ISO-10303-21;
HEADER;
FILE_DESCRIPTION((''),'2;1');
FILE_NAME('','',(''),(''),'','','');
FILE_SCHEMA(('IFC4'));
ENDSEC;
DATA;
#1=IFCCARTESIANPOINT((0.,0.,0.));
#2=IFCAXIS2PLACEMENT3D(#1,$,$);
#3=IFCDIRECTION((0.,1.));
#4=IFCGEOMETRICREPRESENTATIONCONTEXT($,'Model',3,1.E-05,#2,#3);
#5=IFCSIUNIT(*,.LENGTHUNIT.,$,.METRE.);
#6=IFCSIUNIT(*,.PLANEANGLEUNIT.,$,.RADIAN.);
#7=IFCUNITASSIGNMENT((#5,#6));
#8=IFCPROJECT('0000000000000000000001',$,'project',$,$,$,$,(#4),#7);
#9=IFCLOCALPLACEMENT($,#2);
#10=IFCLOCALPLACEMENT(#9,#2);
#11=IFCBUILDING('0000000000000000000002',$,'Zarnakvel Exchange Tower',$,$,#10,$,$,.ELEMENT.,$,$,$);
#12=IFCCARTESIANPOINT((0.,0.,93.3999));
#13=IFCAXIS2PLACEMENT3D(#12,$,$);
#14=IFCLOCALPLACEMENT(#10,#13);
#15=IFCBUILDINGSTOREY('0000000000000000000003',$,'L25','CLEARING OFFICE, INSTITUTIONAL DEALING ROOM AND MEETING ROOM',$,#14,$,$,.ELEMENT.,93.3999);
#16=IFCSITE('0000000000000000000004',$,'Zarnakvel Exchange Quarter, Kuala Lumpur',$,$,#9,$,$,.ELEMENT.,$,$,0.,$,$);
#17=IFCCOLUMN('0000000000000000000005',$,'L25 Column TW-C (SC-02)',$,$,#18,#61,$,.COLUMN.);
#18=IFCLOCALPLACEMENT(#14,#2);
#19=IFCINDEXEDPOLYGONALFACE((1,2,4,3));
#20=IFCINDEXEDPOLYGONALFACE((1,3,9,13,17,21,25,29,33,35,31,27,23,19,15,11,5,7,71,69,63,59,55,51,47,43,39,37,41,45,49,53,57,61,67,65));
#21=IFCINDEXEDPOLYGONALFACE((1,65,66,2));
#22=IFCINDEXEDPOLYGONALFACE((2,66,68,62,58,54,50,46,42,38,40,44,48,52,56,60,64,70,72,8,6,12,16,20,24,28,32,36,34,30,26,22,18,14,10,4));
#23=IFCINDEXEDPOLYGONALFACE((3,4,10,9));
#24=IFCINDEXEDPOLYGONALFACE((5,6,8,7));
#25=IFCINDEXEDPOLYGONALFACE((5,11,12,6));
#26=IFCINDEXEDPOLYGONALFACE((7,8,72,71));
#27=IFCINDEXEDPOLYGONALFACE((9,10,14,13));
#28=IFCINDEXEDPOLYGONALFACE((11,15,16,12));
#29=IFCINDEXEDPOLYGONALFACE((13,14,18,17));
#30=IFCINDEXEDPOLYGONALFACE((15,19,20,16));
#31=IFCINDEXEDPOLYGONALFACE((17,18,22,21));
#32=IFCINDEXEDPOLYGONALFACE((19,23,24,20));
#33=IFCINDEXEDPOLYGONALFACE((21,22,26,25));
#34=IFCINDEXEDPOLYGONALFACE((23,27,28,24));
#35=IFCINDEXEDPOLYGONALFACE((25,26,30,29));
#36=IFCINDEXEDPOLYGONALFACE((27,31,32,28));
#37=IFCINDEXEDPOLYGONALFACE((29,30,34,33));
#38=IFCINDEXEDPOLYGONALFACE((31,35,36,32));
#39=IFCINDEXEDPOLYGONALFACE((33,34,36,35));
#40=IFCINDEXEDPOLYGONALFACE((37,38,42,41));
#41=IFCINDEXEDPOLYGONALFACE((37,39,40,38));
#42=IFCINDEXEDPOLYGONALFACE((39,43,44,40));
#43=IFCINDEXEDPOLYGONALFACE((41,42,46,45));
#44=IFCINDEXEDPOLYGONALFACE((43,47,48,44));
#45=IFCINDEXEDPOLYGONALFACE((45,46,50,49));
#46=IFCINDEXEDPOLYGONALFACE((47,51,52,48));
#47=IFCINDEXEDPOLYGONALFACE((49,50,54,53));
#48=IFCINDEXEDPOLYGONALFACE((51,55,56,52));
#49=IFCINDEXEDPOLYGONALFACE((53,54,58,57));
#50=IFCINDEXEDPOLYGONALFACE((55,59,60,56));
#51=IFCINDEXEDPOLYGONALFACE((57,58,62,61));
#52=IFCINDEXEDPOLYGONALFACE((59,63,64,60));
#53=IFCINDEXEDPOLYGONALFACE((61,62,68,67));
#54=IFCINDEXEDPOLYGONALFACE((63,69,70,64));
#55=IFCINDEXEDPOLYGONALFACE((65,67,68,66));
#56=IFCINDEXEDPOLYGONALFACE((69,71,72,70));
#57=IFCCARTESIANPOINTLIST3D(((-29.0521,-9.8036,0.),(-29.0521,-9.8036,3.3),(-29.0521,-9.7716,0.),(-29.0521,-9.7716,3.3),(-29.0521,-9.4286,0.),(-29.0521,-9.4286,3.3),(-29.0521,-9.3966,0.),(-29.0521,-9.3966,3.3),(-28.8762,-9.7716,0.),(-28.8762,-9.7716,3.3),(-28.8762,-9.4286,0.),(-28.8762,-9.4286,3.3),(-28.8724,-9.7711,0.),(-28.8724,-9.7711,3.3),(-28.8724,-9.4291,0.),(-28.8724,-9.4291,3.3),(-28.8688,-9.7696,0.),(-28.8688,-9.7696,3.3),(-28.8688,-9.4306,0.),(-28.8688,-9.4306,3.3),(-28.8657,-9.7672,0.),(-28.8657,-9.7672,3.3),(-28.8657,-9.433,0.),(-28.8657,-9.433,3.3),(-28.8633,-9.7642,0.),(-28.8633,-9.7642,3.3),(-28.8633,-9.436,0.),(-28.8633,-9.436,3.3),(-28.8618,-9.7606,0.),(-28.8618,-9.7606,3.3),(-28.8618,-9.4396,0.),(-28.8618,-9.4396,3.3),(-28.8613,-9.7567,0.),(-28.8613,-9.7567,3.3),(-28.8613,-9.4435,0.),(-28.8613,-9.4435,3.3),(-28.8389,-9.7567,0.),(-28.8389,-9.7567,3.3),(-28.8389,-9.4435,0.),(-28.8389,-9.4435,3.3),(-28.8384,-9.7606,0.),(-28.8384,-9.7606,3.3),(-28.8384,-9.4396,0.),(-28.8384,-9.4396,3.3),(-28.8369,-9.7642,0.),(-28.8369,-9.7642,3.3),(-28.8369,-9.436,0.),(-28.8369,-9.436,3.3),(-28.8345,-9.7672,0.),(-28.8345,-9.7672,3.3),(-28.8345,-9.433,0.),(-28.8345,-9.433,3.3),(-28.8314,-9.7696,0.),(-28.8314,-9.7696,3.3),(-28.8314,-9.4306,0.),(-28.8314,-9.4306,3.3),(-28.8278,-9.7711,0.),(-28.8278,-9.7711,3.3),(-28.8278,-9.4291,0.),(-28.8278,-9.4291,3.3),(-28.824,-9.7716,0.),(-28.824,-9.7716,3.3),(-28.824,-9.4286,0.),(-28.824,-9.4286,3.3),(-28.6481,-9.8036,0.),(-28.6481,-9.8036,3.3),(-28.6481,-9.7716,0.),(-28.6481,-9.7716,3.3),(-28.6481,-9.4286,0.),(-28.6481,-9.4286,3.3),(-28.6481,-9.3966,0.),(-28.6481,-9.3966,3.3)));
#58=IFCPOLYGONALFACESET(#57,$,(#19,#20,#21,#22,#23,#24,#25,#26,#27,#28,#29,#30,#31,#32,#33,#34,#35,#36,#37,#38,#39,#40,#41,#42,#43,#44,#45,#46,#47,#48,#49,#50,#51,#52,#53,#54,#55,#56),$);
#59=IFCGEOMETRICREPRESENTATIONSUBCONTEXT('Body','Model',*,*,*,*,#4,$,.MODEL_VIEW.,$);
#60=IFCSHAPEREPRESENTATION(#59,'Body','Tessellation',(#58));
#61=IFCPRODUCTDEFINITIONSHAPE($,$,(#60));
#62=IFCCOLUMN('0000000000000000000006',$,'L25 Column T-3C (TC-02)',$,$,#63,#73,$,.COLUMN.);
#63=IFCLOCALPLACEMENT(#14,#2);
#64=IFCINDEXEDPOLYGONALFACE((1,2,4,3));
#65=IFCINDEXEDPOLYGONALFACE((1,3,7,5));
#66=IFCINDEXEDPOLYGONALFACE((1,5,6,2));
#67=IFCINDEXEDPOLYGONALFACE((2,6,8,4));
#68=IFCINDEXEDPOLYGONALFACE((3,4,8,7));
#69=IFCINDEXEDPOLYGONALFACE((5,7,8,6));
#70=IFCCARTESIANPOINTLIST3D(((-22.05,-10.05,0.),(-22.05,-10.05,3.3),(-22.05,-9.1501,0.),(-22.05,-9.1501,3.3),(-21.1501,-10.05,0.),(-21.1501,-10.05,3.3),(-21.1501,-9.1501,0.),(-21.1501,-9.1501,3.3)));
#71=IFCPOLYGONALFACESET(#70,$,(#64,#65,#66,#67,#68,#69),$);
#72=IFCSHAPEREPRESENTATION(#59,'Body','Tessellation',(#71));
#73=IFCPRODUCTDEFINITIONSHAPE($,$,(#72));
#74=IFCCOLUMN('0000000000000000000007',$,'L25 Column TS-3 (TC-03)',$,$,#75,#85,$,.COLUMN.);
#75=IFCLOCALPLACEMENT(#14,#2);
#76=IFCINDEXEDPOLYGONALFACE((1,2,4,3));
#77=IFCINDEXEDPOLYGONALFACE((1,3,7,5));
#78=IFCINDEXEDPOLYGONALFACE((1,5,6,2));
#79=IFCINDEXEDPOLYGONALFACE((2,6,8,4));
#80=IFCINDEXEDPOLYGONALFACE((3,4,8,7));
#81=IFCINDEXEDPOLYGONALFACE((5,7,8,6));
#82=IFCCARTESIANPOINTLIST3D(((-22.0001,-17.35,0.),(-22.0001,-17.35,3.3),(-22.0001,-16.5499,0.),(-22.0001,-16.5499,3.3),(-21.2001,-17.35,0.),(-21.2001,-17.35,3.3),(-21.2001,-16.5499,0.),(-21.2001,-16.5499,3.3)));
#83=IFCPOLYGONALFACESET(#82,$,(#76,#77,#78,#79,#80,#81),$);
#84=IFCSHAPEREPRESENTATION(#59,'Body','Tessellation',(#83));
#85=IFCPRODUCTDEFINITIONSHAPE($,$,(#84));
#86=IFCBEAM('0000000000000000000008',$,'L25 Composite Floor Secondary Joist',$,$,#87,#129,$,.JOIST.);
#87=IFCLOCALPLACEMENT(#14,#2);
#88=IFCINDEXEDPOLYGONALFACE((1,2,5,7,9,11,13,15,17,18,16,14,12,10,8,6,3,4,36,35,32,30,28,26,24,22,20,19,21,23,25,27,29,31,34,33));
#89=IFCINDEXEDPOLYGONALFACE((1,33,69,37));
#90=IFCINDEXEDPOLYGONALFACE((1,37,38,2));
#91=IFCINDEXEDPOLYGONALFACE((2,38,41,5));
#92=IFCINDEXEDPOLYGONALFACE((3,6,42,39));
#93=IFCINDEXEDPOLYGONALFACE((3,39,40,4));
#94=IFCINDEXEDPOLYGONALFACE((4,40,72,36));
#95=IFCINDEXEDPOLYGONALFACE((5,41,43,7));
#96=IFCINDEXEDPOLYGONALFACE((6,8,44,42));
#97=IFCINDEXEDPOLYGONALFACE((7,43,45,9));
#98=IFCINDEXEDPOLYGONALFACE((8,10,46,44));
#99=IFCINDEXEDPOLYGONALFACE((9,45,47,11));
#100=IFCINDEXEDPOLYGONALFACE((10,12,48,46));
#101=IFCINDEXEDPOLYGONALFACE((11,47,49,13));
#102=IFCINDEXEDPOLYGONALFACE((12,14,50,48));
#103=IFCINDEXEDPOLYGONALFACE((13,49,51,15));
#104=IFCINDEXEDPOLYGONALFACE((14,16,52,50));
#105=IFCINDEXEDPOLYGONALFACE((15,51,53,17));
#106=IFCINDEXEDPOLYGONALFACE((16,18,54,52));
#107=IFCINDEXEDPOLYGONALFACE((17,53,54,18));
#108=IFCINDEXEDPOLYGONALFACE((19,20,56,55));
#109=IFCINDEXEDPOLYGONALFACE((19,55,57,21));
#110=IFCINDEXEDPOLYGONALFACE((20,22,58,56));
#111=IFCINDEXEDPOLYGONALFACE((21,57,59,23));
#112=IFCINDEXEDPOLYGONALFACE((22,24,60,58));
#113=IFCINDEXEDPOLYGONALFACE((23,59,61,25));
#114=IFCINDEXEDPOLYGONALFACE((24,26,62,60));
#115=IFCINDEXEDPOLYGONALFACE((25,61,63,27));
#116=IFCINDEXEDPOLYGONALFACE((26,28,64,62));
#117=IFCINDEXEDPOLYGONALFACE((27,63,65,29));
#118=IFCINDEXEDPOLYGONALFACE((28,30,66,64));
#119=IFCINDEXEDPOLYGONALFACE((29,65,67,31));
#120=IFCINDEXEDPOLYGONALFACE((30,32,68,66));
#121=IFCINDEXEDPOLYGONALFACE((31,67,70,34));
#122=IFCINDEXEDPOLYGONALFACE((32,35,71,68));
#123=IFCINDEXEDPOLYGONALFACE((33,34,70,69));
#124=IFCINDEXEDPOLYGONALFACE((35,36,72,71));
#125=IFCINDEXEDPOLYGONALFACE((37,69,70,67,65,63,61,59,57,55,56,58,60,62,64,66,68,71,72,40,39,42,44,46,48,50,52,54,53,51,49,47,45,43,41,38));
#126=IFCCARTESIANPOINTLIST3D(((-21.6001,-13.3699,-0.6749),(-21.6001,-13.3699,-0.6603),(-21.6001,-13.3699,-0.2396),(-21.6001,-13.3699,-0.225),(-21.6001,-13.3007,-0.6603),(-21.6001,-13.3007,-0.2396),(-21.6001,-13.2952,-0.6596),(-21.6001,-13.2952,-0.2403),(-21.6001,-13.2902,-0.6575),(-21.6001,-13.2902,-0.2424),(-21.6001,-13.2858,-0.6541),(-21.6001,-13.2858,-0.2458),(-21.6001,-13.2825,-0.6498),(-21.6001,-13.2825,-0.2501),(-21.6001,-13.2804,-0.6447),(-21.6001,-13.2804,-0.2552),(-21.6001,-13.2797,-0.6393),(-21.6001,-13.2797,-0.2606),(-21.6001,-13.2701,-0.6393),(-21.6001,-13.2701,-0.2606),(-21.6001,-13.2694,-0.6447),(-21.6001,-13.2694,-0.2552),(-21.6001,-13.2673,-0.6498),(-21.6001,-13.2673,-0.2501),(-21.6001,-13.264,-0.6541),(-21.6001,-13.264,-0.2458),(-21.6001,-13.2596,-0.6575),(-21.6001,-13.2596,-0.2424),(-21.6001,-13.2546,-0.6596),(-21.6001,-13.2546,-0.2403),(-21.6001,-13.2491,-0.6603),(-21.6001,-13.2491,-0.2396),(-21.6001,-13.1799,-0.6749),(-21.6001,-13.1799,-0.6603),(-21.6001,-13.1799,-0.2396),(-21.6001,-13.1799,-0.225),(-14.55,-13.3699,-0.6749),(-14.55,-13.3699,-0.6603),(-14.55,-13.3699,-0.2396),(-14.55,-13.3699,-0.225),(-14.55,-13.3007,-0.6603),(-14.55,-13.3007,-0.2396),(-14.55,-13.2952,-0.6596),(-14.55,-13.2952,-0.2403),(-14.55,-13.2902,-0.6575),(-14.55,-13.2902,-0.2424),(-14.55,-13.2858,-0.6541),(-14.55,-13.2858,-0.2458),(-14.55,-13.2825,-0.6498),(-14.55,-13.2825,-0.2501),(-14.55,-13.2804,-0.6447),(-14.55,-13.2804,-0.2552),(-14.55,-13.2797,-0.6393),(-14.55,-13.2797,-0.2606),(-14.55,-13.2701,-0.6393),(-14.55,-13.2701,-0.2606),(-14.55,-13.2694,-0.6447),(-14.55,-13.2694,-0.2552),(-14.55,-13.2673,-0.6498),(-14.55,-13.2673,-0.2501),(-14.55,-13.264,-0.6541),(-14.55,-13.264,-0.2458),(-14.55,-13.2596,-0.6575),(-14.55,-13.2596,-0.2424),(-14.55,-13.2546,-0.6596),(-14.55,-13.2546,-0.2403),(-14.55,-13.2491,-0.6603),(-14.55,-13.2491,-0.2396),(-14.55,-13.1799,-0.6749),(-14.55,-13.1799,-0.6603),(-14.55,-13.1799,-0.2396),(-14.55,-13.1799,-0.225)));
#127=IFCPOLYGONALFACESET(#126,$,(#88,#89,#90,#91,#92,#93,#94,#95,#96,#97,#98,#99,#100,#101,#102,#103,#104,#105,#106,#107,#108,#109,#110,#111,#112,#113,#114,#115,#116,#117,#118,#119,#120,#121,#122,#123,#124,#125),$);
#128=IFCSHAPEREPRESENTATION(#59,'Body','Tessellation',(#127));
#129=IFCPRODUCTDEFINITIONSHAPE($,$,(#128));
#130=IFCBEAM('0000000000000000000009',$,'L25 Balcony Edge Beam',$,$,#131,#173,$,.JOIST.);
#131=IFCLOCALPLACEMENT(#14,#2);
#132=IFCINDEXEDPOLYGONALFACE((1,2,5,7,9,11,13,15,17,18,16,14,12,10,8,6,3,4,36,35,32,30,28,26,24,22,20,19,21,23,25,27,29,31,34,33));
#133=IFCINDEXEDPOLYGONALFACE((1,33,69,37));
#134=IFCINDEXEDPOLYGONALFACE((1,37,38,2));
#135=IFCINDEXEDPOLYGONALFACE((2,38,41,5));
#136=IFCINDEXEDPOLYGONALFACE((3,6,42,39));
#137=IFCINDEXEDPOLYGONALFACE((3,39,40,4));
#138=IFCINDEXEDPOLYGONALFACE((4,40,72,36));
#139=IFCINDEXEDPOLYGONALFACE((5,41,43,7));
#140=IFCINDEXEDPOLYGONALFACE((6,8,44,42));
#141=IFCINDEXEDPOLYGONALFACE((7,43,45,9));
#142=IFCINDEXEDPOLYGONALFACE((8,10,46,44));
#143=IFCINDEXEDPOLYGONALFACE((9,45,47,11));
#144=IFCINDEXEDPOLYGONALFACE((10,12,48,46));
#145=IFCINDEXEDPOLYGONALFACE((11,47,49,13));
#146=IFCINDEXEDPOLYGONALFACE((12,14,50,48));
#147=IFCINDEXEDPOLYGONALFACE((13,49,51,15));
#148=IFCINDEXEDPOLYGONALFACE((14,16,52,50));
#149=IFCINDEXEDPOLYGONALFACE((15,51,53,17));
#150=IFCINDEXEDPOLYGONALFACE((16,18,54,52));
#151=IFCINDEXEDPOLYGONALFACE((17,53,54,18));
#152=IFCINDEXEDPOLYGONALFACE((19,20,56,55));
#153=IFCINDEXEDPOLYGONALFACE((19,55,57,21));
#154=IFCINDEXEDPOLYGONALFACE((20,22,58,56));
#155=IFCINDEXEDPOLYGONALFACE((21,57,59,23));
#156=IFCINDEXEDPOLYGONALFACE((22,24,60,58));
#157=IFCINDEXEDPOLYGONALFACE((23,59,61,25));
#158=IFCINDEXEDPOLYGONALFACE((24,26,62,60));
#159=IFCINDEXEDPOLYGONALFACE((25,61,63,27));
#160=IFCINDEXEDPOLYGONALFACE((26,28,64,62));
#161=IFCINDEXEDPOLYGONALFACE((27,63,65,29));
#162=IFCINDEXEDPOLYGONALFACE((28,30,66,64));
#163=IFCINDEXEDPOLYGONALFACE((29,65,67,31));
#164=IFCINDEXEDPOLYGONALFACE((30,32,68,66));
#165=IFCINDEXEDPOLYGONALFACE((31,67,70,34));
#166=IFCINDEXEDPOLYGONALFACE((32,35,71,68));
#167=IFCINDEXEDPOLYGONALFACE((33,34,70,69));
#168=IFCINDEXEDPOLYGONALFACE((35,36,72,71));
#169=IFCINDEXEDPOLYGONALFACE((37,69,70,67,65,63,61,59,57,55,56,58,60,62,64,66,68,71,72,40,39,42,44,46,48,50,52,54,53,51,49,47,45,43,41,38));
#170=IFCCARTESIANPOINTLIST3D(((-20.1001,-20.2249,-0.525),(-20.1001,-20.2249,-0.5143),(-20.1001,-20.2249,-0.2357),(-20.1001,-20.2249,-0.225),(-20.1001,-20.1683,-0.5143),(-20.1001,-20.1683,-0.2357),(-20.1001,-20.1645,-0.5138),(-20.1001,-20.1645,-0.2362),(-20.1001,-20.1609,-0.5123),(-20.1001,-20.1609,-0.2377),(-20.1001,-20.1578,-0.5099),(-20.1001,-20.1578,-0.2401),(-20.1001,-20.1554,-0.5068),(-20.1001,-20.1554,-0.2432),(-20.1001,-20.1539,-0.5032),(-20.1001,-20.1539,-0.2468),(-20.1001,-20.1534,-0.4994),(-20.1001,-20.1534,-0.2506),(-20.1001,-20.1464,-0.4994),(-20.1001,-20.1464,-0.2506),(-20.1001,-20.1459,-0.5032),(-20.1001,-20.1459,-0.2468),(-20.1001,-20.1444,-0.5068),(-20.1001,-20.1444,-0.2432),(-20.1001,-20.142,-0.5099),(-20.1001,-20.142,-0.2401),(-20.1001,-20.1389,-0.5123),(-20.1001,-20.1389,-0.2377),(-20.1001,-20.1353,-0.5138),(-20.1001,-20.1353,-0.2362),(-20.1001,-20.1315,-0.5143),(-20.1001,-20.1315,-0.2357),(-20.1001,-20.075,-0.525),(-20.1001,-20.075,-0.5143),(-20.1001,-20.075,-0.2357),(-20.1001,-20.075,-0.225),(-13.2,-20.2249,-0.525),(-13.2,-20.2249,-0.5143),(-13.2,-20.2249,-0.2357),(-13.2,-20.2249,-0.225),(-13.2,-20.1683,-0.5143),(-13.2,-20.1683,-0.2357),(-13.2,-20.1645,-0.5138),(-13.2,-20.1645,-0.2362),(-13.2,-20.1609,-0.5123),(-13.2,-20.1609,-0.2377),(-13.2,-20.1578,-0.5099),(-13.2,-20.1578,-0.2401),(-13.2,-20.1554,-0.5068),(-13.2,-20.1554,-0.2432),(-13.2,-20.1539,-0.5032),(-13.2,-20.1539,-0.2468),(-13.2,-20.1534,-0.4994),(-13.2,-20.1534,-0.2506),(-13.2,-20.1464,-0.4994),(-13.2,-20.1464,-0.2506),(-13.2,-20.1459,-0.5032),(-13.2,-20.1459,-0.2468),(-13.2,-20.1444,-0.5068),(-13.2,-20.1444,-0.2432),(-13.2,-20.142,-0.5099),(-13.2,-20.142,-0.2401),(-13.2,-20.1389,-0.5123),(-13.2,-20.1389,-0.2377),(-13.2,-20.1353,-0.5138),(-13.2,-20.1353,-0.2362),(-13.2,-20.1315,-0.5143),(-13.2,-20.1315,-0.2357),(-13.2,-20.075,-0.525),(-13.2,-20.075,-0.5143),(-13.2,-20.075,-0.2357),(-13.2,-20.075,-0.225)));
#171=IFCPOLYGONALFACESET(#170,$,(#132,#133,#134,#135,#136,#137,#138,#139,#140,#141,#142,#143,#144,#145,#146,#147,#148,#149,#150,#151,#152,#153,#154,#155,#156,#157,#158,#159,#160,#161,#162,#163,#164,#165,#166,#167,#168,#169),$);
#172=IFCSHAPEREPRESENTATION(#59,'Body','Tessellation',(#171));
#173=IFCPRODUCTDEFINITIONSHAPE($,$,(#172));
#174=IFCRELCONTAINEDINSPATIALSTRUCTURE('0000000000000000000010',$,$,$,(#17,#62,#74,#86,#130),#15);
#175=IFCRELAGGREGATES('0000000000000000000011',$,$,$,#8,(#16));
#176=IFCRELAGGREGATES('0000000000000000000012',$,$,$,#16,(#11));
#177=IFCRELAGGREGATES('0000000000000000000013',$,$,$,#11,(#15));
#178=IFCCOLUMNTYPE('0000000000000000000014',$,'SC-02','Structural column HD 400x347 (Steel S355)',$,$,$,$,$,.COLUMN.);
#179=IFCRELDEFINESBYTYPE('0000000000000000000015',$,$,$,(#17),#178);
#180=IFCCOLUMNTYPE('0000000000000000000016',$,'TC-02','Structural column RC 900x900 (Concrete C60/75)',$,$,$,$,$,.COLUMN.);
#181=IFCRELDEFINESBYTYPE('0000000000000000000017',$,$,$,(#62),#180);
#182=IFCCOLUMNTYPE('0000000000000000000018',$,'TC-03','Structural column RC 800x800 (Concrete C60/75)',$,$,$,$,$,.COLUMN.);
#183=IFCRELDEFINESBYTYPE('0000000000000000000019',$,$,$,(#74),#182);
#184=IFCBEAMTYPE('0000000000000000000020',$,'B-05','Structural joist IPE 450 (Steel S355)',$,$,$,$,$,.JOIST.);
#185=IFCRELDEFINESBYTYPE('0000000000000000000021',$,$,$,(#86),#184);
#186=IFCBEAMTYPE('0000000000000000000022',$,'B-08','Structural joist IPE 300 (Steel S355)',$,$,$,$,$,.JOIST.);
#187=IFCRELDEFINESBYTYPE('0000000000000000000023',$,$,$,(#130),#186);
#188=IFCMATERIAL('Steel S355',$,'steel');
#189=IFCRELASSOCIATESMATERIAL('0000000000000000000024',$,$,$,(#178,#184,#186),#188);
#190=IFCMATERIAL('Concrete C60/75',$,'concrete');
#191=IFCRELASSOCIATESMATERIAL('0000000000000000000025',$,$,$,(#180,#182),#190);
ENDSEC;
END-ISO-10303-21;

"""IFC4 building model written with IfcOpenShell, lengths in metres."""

from ifc_helpers import new_model, si_unit, direction, frame, origin, origin_2d, place, context, subcontext, project, spatial, rectangle, i_section, extrude, material, material_profile, profile_set, type_object, element, save


model = new_model("IFC4")

# Units and contexts
model_context = context("Model", 3, precision=1e-05, world=origin(), true_north=direction((0.0, 1.0)))
body_context = subcontext(model_context, "Body", "Model", "MODEL_VIEW")
ifc_project = project(units=[si_unit("LENGTHUNIT", "METRE"), si_unit("PLANEANGLEUNIT", "RADIAN")], contexts=[model_context])

# Site, building, storey
site_placement = place(None, origin())
site = spatial("IfcSite", under=ifc_project, at=site_placement, Name="Zarnakvel Exchange Quarter, Kuala Lumpur", CompositionType="ELEMENT", RefElevation=0.0)
building_placement = place(site_placement, origin())
building = spatial("IfcBuilding", under=site, at=building_placement, Name="Zarnakvel Exchange Tower", CompositionType="ELEMENT")
storey_placement = place(building_placement, frame((0.0, 0.0, 93.3999)))
storey = spatial("IfcBuildingStorey", under=building, at=storey_placement, Name="L25", Description="CLEARING OFFICE, INSTITUTIONAL DEALING ROOM AND MEETING ROOM", CompositionType="ELEMENT", Elevation=93.3999)

# Columns
ifc_material_1 = material(Name="Steel S355", Category="steel")
ifc_material_profile_1 = material_profile(ifc_material_1, i_section(OverallWidth=0.4041, OverallDepth=0.407, WebThickness=0.0225, FlangeThickness=0.032, FilletRadius=0.0149, at=origin_2d()))
ifc_profile_set_1 = profile_set([ifc_material_profile_1], Name="Steel S355")
column_type_1 = type_object("IfcColumnType", Name="SC-02", Description="Structural column HD 400x347 (Steel S355)", PredefinedType="COLUMN", material=ifc_profile_set_1)
column_1_placement = place(storey_placement, frame((-28.8501, -9.6001, 0.0), z_axis=(0.0, 0.0, 1.0), x_axis=(1.0, 0.0, 0.0)))
element("IfcColumn", 1, at=column_1_placement, inside=storey, type_object=column_type_1, Name="L25 Column TW-C (SC-02)", PredefinedType="COLUMN", context=body_context, shape_type="SweptSolid", body=[
    extrude(i_section(OverallWidth=0.4041, OverallDepth=0.407, WebThickness=0.0225, FlangeThickness=0.032, FilletRadius=0.0149, at=origin_2d()), origin(), (0.0, 0.0, 1.0), 3.3),
])
ifc_material_2 = material(Name="Concrete C60/75", Category="concrete")
ifc_material_profile_2 = material_profile(ifc_material_2, rectangle(XDim=0.8999, YDim=0.8999, at=origin_2d()))
ifc_profile_set_2 = profile_set([ifc_material_profile_2], Name="Concrete C60/75")
column_type_2 = type_object("IfcColumnType", Name="TC-02", Description="Structural column RC 900x900 (Concrete C60/75)", PredefinedType="COLUMN", material=ifc_profile_set_2)
column_2_placement = place(storey_placement, frame((-21.6001, -9.6001, 0.0), z_axis=(0.0, 0.0, 1.0), x_axis=(1.0, 0.0, 0.0)))
element("IfcColumn", 2, at=column_2_placement, inside=storey, type_object=column_type_2, Name="L25 Column T-3C (TC-02)", PredefinedType="COLUMN", context=body_context, shape_type="SweptSolid", body=[
    extrude(rectangle(XDim=0.8999, YDim=0.8999, at=origin_2d()), origin(), (0.0, 0.0, 1.0), 3.3),
])
ifc_material_profile_3 = material_profile(ifc_material_2, rectangle(XDim=0.8, YDim=0.8, at=origin_2d()))
ifc_profile_set_3 = profile_set([ifc_material_profile_3], Name="Concrete C60/75")
column_type_3 = type_object("IfcColumnType", Name="TC-03", Description="Structural column RC 800x800 (Concrete C60/75)", PredefinedType="COLUMN", material=ifc_profile_set_3)
column_3_placement = place(storey_placement, frame((-21.6001, -16.95, 0.0), z_axis=(0.0, 0.0, 1.0), x_axis=(1.0, 0.0, 0.0)))
element("IfcColumn", 3, at=column_3_placement, inside=storey, type_object=column_type_3, Name="L25 Column TS-3 (TC-03)", PredefinedType="COLUMN", context=body_context, shape_type="SweptSolid", body=[
    extrude(rectangle(XDim=0.8, YDim=0.8, at=origin_2d()), origin(), (0.0, 0.0, 1.0), 3.3),
])

# Beams
ifc_material_profile_4 = material_profile(ifc_material_1, i_section(OverallWidth=0.1899, OverallDepth=0.45, WebThickness=0.0095, FlangeThickness=0.0146, FilletRadius=0.021, at=origin_2d()))
ifc_profile_set_4 = profile_set([ifc_material_profile_4], Name="Steel S355")
beam_type_1 = type_object("IfcBeamType", Name="B-05", Description="Structural joist IPE 450 (Steel S355)", PredefinedType="JOIST", material=ifc_profile_set_4)
beam_1_placement = place(storey_placement, frame((-21.6001, -13.2749, -0.45), z_axis=(1.0, 0.0, 0.0), x_axis=(0.0, 1.0, 0.0)))
element("IfcBeam", 4, at=beam_1_placement, inside=storey, type_object=beam_type_1, Name="L25 Composite Floor Secondary Joist", PredefinedType="JOIST", context=body_context, shape_type="SweptSolid", body=[
    extrude(i_section(OverallWidth=0.1899, OverallDepth=0.45, WebThickness=0.0095, FlangeThickness=0.0146, FilletRadius=0.021, at=origin_2d()), origin(), (0.0, 0.0, 1.0), 7.05),
])
ifc_material_profile_5 = material_profile(ifc_material_1, i_section(OverallWidth=0.1499, OverallDepth=0.3, WebThickness=0.0071, FlangeThickness=0.0107, FilletRadius=0.0149, at=origin_2d()))
ifc_profile_set_5 = profile_set([ifc_material_profile_5], Name="Steel S355")
beam_type_2 = type_object("IfcBeamType", Name="B-08", Description="Structural joist IPE 300 (Steel S355)", PredefinedType="JOIST", material=ifc_profile_set_5)
beam_2_placement = place(storey_placement, frame((-20.1001, -20.1499, -0.375), z_axis=(1.0, 0.0, 0.0), x_axis=(0.0, 1.0, 0.0)))
element("IfcBeam", 5, at=beam_2_placement, inside=storey, type_object=beam_type_2, Name="L25 Balcony Edge Beam", PredefinedType="JOIST", context=body_context, shape_type="SweptSolid", body=[
    extrude(i_section(OverallWidth=0.1499, OverallDepth=0.3, WebThickness=0.0071, FlangeThickness=0.0107, FilletRadius=0.0149, at=origin_2d()), origin(), (0.0, 0.0, 1.0), 6.9001),
])

save(model, "model.ifc")
